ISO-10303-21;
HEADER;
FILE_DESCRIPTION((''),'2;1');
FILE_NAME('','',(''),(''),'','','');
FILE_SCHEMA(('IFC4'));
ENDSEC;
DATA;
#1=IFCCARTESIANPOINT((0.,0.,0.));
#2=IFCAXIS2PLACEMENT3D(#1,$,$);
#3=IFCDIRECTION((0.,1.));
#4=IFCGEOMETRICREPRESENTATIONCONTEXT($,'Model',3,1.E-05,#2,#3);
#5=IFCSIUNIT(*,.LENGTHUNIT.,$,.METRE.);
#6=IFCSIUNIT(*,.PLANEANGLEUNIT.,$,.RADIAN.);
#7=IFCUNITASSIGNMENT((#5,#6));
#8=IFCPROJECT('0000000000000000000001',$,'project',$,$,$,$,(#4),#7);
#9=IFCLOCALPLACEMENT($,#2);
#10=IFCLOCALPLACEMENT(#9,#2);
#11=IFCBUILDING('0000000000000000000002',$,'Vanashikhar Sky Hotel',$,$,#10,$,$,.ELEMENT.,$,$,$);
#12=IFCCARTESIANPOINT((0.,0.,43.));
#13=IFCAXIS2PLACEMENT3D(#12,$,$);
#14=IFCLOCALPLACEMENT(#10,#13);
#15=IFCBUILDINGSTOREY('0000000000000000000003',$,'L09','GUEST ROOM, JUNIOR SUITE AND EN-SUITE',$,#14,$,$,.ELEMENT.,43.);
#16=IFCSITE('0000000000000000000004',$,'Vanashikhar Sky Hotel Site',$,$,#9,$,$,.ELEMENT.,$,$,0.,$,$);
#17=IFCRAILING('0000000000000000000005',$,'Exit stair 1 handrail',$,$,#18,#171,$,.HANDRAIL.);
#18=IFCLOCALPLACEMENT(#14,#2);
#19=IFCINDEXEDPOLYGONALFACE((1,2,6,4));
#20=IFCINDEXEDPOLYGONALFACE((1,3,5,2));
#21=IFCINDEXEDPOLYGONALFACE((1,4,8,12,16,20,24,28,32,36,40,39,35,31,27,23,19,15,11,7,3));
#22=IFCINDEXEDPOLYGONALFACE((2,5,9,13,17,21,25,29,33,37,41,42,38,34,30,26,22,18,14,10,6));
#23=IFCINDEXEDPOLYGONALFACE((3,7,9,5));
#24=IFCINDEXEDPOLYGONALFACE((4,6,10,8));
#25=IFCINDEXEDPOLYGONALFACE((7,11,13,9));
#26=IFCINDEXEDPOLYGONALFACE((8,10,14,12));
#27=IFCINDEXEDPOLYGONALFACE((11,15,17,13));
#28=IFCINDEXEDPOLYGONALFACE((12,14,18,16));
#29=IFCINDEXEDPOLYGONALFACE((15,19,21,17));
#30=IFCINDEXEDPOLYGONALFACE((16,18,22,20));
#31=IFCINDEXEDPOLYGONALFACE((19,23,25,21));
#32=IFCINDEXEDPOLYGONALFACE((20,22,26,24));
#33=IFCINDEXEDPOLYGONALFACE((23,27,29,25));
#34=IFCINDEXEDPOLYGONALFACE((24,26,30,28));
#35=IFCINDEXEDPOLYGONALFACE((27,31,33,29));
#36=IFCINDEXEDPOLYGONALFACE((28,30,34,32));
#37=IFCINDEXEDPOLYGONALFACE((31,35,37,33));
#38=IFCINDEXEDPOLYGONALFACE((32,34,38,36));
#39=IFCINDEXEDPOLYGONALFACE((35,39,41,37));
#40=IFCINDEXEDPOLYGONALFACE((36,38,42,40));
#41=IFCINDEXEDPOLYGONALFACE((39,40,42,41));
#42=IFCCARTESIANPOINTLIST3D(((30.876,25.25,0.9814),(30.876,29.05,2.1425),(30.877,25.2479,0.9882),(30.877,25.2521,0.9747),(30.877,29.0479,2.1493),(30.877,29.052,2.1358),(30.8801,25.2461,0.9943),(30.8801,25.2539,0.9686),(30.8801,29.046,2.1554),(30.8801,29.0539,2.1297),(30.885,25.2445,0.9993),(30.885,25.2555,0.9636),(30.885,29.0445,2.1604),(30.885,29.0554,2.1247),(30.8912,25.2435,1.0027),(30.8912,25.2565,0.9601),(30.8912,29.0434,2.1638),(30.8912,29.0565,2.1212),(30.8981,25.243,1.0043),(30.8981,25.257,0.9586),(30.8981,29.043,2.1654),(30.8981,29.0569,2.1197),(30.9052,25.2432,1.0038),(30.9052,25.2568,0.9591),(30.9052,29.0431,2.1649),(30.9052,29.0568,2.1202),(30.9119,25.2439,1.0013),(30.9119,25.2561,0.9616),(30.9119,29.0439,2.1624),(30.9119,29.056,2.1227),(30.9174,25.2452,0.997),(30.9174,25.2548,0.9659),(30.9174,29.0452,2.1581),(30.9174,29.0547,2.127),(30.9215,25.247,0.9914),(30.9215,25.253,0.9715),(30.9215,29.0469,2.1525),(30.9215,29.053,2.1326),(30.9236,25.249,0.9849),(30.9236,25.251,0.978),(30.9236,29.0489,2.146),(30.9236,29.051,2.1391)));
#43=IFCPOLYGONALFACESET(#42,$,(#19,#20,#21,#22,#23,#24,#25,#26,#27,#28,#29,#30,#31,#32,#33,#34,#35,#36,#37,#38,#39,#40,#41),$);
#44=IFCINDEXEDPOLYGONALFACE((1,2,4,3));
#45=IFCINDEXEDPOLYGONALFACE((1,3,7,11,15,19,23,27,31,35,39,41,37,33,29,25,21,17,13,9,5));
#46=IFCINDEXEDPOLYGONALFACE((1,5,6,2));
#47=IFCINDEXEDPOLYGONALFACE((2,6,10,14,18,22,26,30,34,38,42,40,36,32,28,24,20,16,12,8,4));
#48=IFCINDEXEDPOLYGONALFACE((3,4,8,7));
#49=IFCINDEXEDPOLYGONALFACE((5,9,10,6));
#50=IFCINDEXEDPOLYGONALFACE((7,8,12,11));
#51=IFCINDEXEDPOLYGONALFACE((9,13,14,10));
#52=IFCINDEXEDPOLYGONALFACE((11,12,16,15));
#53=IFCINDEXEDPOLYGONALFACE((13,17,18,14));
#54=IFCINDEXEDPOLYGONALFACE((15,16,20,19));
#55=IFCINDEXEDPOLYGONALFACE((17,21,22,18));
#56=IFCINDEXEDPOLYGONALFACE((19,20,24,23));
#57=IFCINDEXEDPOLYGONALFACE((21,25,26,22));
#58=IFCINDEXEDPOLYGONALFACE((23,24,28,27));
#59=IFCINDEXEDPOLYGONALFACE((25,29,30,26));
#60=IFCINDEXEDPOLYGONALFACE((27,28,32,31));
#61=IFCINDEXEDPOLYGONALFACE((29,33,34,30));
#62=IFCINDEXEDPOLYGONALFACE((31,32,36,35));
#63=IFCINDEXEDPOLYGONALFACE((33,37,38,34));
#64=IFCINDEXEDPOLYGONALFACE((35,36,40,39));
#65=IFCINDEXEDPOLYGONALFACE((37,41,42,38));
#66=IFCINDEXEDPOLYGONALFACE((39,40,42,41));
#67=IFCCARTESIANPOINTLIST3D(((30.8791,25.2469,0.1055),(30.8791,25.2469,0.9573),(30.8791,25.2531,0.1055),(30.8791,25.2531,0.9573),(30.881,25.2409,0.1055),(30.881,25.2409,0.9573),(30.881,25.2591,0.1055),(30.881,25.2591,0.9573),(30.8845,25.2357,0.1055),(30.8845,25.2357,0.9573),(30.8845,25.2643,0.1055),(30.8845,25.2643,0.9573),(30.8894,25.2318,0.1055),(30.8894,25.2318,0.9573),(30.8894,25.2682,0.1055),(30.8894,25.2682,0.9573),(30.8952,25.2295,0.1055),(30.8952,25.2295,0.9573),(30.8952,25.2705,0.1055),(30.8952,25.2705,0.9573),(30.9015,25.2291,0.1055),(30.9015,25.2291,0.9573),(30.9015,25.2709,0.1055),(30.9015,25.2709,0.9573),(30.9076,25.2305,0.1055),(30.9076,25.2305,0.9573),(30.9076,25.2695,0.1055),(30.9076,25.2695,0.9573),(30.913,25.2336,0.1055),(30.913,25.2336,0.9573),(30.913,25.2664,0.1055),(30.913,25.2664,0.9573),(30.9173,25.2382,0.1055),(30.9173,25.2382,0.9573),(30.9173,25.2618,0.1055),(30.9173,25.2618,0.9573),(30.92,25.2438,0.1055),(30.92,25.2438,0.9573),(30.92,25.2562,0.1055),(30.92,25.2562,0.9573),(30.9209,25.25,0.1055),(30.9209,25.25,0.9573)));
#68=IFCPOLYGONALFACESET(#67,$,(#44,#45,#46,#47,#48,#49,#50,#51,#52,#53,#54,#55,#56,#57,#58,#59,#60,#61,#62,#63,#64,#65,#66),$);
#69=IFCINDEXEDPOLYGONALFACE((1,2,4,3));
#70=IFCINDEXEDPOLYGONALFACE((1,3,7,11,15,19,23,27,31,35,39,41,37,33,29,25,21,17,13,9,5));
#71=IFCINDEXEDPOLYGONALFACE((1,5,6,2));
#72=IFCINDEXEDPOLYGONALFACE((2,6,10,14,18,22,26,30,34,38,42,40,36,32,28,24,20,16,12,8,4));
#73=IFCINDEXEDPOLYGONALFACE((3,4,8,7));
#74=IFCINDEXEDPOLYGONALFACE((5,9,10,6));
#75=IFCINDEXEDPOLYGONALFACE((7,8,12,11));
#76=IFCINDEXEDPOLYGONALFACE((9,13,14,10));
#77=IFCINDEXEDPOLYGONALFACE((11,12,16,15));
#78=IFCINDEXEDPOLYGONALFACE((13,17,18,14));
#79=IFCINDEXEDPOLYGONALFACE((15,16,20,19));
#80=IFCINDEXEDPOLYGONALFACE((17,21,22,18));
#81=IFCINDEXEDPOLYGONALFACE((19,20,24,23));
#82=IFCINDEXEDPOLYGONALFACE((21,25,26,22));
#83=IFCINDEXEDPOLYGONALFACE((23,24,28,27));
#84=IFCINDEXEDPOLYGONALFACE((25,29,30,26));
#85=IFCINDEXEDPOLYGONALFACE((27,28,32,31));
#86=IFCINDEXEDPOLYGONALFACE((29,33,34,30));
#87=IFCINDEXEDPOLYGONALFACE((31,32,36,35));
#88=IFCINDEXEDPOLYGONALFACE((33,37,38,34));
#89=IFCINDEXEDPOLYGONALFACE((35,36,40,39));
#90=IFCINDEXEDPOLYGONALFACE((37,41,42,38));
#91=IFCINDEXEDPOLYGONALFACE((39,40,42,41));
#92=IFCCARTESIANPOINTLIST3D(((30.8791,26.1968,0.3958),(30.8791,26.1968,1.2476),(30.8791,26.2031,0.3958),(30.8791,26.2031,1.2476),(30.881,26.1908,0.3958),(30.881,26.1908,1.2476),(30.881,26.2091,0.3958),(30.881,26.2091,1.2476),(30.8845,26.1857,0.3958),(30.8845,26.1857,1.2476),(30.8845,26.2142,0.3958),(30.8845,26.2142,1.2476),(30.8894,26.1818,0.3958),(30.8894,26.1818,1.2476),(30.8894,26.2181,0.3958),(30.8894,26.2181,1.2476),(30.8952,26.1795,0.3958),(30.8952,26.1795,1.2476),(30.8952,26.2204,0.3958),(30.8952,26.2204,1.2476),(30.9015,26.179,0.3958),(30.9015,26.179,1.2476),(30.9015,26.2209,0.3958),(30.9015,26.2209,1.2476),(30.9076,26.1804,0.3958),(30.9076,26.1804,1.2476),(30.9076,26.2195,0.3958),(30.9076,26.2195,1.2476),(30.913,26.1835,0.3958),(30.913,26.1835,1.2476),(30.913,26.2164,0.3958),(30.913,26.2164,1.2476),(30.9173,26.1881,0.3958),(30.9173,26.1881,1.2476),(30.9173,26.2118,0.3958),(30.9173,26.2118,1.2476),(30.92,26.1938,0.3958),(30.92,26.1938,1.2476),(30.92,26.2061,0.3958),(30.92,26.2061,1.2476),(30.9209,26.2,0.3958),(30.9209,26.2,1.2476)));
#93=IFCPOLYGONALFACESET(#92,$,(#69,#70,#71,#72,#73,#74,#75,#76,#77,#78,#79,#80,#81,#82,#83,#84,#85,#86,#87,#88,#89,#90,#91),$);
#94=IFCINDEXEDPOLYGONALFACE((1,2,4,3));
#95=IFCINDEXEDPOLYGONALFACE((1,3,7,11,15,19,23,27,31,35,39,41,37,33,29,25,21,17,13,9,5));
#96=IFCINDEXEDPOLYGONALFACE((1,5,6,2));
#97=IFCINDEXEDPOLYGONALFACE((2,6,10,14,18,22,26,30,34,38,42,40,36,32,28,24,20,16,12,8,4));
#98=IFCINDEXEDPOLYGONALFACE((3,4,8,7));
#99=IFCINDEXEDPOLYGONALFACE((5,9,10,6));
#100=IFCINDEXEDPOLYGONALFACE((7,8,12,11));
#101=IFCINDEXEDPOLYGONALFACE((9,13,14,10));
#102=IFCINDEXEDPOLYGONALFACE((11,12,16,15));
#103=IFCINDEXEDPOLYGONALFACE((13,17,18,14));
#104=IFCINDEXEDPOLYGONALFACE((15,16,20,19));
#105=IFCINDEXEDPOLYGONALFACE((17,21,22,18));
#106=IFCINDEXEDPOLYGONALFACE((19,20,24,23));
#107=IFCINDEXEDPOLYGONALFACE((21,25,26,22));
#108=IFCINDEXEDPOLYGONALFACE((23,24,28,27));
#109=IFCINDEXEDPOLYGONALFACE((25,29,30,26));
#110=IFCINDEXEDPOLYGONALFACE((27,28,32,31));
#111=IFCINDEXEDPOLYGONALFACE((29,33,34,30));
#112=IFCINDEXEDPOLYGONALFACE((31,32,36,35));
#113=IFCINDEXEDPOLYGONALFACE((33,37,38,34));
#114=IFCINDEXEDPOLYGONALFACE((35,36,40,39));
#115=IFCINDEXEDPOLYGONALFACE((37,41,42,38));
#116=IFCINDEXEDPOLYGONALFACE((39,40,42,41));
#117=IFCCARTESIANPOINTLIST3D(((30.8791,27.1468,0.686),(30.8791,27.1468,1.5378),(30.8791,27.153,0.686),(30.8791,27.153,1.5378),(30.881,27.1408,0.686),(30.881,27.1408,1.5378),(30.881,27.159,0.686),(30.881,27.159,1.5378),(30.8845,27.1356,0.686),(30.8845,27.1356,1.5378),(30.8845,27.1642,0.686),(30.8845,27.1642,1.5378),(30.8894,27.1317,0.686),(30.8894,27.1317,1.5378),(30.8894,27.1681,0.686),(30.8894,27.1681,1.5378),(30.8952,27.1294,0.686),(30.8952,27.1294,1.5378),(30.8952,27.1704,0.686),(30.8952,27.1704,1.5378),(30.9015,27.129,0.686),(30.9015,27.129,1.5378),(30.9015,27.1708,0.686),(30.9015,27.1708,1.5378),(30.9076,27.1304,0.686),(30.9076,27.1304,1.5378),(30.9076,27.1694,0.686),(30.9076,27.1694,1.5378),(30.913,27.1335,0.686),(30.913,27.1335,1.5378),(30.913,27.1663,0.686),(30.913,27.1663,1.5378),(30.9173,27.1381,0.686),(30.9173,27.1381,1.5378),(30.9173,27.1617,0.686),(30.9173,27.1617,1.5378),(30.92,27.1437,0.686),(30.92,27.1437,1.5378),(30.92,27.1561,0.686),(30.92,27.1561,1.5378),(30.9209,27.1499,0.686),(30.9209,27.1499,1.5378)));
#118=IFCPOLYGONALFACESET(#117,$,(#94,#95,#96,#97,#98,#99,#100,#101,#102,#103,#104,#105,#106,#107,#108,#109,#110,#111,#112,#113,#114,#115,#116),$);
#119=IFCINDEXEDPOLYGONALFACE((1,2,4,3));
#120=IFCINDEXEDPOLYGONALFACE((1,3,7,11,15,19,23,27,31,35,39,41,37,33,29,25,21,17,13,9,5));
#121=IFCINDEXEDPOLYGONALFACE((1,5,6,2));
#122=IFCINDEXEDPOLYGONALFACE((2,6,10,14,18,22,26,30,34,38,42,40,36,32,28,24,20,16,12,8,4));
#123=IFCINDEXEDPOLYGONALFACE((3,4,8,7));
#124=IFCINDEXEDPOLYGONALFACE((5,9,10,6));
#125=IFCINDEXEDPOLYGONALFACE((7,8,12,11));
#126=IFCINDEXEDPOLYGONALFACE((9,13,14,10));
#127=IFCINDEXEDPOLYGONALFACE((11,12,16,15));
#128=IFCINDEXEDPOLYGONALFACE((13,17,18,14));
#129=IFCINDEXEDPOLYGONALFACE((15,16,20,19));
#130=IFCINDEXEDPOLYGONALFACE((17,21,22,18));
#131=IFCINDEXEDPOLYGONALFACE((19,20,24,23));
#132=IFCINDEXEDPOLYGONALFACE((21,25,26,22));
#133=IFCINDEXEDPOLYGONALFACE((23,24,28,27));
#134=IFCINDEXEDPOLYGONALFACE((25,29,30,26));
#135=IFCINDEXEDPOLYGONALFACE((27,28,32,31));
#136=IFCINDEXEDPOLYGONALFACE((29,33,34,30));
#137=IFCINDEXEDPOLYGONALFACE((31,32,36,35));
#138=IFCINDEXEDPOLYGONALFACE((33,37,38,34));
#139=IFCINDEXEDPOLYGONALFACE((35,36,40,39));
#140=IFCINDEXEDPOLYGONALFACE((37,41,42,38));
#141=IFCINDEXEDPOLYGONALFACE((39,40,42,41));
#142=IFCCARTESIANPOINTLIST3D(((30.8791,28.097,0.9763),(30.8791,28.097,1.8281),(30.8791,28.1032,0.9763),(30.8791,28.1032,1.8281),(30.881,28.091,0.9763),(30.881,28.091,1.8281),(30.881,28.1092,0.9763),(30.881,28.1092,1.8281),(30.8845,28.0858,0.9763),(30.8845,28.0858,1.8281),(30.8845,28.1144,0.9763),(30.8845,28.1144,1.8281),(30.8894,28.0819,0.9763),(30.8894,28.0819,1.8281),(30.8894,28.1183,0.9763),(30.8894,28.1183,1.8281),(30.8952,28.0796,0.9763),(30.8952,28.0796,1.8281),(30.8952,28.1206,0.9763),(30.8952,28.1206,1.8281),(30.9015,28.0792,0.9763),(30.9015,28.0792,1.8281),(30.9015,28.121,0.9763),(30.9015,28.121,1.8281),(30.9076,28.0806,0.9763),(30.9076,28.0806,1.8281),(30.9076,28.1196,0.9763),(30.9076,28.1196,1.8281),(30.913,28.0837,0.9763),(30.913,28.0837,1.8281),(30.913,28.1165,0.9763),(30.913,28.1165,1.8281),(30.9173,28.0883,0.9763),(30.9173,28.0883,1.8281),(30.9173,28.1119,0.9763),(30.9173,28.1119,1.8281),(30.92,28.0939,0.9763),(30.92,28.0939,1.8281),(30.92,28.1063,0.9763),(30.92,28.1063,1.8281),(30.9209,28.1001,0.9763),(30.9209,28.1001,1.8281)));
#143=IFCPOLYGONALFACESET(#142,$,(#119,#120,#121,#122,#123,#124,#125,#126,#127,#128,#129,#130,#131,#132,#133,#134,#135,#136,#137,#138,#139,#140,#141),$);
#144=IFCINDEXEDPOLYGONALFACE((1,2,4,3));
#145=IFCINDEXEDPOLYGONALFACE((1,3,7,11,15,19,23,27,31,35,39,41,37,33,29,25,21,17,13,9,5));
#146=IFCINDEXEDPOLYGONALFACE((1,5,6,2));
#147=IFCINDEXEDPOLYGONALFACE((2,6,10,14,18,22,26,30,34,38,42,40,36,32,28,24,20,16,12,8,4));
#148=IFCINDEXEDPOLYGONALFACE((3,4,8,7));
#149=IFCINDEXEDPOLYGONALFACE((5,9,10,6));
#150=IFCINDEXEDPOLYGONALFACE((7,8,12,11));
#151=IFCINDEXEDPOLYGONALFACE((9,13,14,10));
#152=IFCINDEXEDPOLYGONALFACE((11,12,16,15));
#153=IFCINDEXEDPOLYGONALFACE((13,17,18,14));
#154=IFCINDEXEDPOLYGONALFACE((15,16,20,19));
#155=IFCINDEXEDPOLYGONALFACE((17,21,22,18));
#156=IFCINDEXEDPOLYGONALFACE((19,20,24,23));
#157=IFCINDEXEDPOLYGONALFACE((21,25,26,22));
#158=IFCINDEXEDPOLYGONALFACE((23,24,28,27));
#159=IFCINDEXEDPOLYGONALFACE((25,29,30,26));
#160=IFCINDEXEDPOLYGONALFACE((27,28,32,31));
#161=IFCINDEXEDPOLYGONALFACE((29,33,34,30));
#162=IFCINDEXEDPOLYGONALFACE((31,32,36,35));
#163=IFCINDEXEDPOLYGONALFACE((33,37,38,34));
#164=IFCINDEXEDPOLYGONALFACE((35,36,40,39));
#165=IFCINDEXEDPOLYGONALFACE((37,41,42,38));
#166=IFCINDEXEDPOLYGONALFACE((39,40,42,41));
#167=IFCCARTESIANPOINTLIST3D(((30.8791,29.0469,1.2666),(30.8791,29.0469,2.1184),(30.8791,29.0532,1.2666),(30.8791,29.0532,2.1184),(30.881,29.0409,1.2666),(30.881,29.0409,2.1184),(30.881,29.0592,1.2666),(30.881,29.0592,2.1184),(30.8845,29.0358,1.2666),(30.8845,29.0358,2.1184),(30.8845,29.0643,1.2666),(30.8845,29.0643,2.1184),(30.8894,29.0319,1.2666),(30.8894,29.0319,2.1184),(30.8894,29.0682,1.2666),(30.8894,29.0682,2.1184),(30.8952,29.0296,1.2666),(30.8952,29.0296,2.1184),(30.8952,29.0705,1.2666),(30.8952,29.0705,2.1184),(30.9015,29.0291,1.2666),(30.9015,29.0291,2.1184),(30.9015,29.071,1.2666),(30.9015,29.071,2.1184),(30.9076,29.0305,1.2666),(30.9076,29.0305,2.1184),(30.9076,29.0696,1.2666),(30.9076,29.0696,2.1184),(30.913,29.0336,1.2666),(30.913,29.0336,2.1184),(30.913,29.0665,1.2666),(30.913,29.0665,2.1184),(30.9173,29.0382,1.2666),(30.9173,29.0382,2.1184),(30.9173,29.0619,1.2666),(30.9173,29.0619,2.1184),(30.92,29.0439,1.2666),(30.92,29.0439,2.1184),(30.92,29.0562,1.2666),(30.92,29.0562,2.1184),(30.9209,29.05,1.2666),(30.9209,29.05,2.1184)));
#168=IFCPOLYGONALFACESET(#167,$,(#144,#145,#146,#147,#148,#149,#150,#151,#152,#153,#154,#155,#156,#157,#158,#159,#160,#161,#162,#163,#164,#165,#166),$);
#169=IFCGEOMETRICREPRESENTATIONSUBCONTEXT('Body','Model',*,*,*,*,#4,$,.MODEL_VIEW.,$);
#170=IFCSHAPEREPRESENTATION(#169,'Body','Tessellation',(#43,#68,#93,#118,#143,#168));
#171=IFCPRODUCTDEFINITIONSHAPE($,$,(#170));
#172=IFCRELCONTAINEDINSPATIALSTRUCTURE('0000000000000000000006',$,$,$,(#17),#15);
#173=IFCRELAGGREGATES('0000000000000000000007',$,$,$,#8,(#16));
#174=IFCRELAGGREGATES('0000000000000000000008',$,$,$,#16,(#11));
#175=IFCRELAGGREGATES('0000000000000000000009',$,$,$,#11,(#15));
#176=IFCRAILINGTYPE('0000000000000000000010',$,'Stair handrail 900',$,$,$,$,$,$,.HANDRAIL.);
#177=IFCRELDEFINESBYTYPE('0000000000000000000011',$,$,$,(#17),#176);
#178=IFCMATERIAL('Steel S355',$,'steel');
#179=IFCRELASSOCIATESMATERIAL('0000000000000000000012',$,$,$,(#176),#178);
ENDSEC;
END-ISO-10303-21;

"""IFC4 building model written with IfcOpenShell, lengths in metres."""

from ifc_helpers import new_model, si_unit, direction, frame, origin, origin_2d, place, context, subcontext, project, spatial, circle, extrude, source, transform, mapped, material, type_object, element, save


model = new_model("IFC4")

# Units and contexts
model_context = context("Model", 3, precision=1e-05, world=origin(), true_north=direction((0.0, 1.0)))
body_context = subcontext(model_context, "Body", "Model", "MODEL_VIEW")
ifc_project = project(units=[si_unit("LENGTHUNIT", "METRE"), si_unit("PLANEANGLEUNIT", "RADIAN")], contexts=[model_context])

# Site, building, storey
site_placement = place(None, origin())
site = spatial("IfcSite", under=ifc_project, at=site_placement, Name="Vanashikhar Sky Hotel Site", CompositionType="ELEMENT", RefElevation=0.0)
building_placement = place(site_placement, origin())
building = spatial("IfcBuilding", under=site, at=building_placement, Name="Vanashikhar Sky Hotel", CompositionType="ELEMENT")
storey_placement = place(building_placement, frame((0.0, 0.0, 43.0)))
storey = spatial("IfcBuildingStorey", under=building, at=storey_placement, Name="L09", Description="GUEST ROOM, JUNIOR SUITE AND EN-SUITE", CompositionType="ELEMENT", Elevation=43.0)

# Railing
ifc_material_1 = material(Name="Steel S355", Category="steel")
railing_type = type_object("IfcRailingType", Name="Stair handrail 900", PredefinedType="HANDRAIL", material=ifc_material_1)
shared_shape_1 = source(origin(), body_context, "Body", "SweptSolid", [
    extrude(circle(Radius=0.0239, at=origin_2d()), frame((0.0, 0.0, 0.876), z_axis=(0.0, 0.956351, 0.29222), x_axis=(-1.0, 0.0, 0.0)), (0.0, 0.0, 1.0), 3.9734),
    extrude(circle(Radius=0.021, at=origin_2d()), origin(), (0.0, 0.0, 1.0), 0.8518),
    extrude(circle(Radius=0.021, at=origin_2d()), frame((0.0, 0.95, 0.2903)), (0.0, 0.0, 1.0), 0.8518),
    extrude(circle(Radius=0.021, at=origin_2d()), frame((0.0, 1.8999, 0.5806)), (0.0, 0.0, 1.0), 0.8518),
    extrude(circle(Radius=0.021, at=origin_2d()), frame((0.0, 2.8501, 0.8708)), (0.0, 0.0, 1.0), 0.8518),
    extrude(circle(Radius=0.021, at=origin_2d()), frame((0.0, 3.8, 1.1611)), (0.0, 0.0, 1.0), 0.8518),
])
for number, where, name in (
    (1, (30.8999, 25.25, 0.1055), "Exit stair 1 handrail"),
):
    element("IfcRailing", number, at=place(storey_placement, frame(where)), inside=storey, type_object=railing_type, Name=name, PredefinedType="HANDRAIL", context=body_context, shape_type="MappedRepresentation", body=[
        mapped(shared_shape_1, transform((0.0, 0.0, 0.0), scale=1.0)),
    ])

save(model, "model.ifc")
